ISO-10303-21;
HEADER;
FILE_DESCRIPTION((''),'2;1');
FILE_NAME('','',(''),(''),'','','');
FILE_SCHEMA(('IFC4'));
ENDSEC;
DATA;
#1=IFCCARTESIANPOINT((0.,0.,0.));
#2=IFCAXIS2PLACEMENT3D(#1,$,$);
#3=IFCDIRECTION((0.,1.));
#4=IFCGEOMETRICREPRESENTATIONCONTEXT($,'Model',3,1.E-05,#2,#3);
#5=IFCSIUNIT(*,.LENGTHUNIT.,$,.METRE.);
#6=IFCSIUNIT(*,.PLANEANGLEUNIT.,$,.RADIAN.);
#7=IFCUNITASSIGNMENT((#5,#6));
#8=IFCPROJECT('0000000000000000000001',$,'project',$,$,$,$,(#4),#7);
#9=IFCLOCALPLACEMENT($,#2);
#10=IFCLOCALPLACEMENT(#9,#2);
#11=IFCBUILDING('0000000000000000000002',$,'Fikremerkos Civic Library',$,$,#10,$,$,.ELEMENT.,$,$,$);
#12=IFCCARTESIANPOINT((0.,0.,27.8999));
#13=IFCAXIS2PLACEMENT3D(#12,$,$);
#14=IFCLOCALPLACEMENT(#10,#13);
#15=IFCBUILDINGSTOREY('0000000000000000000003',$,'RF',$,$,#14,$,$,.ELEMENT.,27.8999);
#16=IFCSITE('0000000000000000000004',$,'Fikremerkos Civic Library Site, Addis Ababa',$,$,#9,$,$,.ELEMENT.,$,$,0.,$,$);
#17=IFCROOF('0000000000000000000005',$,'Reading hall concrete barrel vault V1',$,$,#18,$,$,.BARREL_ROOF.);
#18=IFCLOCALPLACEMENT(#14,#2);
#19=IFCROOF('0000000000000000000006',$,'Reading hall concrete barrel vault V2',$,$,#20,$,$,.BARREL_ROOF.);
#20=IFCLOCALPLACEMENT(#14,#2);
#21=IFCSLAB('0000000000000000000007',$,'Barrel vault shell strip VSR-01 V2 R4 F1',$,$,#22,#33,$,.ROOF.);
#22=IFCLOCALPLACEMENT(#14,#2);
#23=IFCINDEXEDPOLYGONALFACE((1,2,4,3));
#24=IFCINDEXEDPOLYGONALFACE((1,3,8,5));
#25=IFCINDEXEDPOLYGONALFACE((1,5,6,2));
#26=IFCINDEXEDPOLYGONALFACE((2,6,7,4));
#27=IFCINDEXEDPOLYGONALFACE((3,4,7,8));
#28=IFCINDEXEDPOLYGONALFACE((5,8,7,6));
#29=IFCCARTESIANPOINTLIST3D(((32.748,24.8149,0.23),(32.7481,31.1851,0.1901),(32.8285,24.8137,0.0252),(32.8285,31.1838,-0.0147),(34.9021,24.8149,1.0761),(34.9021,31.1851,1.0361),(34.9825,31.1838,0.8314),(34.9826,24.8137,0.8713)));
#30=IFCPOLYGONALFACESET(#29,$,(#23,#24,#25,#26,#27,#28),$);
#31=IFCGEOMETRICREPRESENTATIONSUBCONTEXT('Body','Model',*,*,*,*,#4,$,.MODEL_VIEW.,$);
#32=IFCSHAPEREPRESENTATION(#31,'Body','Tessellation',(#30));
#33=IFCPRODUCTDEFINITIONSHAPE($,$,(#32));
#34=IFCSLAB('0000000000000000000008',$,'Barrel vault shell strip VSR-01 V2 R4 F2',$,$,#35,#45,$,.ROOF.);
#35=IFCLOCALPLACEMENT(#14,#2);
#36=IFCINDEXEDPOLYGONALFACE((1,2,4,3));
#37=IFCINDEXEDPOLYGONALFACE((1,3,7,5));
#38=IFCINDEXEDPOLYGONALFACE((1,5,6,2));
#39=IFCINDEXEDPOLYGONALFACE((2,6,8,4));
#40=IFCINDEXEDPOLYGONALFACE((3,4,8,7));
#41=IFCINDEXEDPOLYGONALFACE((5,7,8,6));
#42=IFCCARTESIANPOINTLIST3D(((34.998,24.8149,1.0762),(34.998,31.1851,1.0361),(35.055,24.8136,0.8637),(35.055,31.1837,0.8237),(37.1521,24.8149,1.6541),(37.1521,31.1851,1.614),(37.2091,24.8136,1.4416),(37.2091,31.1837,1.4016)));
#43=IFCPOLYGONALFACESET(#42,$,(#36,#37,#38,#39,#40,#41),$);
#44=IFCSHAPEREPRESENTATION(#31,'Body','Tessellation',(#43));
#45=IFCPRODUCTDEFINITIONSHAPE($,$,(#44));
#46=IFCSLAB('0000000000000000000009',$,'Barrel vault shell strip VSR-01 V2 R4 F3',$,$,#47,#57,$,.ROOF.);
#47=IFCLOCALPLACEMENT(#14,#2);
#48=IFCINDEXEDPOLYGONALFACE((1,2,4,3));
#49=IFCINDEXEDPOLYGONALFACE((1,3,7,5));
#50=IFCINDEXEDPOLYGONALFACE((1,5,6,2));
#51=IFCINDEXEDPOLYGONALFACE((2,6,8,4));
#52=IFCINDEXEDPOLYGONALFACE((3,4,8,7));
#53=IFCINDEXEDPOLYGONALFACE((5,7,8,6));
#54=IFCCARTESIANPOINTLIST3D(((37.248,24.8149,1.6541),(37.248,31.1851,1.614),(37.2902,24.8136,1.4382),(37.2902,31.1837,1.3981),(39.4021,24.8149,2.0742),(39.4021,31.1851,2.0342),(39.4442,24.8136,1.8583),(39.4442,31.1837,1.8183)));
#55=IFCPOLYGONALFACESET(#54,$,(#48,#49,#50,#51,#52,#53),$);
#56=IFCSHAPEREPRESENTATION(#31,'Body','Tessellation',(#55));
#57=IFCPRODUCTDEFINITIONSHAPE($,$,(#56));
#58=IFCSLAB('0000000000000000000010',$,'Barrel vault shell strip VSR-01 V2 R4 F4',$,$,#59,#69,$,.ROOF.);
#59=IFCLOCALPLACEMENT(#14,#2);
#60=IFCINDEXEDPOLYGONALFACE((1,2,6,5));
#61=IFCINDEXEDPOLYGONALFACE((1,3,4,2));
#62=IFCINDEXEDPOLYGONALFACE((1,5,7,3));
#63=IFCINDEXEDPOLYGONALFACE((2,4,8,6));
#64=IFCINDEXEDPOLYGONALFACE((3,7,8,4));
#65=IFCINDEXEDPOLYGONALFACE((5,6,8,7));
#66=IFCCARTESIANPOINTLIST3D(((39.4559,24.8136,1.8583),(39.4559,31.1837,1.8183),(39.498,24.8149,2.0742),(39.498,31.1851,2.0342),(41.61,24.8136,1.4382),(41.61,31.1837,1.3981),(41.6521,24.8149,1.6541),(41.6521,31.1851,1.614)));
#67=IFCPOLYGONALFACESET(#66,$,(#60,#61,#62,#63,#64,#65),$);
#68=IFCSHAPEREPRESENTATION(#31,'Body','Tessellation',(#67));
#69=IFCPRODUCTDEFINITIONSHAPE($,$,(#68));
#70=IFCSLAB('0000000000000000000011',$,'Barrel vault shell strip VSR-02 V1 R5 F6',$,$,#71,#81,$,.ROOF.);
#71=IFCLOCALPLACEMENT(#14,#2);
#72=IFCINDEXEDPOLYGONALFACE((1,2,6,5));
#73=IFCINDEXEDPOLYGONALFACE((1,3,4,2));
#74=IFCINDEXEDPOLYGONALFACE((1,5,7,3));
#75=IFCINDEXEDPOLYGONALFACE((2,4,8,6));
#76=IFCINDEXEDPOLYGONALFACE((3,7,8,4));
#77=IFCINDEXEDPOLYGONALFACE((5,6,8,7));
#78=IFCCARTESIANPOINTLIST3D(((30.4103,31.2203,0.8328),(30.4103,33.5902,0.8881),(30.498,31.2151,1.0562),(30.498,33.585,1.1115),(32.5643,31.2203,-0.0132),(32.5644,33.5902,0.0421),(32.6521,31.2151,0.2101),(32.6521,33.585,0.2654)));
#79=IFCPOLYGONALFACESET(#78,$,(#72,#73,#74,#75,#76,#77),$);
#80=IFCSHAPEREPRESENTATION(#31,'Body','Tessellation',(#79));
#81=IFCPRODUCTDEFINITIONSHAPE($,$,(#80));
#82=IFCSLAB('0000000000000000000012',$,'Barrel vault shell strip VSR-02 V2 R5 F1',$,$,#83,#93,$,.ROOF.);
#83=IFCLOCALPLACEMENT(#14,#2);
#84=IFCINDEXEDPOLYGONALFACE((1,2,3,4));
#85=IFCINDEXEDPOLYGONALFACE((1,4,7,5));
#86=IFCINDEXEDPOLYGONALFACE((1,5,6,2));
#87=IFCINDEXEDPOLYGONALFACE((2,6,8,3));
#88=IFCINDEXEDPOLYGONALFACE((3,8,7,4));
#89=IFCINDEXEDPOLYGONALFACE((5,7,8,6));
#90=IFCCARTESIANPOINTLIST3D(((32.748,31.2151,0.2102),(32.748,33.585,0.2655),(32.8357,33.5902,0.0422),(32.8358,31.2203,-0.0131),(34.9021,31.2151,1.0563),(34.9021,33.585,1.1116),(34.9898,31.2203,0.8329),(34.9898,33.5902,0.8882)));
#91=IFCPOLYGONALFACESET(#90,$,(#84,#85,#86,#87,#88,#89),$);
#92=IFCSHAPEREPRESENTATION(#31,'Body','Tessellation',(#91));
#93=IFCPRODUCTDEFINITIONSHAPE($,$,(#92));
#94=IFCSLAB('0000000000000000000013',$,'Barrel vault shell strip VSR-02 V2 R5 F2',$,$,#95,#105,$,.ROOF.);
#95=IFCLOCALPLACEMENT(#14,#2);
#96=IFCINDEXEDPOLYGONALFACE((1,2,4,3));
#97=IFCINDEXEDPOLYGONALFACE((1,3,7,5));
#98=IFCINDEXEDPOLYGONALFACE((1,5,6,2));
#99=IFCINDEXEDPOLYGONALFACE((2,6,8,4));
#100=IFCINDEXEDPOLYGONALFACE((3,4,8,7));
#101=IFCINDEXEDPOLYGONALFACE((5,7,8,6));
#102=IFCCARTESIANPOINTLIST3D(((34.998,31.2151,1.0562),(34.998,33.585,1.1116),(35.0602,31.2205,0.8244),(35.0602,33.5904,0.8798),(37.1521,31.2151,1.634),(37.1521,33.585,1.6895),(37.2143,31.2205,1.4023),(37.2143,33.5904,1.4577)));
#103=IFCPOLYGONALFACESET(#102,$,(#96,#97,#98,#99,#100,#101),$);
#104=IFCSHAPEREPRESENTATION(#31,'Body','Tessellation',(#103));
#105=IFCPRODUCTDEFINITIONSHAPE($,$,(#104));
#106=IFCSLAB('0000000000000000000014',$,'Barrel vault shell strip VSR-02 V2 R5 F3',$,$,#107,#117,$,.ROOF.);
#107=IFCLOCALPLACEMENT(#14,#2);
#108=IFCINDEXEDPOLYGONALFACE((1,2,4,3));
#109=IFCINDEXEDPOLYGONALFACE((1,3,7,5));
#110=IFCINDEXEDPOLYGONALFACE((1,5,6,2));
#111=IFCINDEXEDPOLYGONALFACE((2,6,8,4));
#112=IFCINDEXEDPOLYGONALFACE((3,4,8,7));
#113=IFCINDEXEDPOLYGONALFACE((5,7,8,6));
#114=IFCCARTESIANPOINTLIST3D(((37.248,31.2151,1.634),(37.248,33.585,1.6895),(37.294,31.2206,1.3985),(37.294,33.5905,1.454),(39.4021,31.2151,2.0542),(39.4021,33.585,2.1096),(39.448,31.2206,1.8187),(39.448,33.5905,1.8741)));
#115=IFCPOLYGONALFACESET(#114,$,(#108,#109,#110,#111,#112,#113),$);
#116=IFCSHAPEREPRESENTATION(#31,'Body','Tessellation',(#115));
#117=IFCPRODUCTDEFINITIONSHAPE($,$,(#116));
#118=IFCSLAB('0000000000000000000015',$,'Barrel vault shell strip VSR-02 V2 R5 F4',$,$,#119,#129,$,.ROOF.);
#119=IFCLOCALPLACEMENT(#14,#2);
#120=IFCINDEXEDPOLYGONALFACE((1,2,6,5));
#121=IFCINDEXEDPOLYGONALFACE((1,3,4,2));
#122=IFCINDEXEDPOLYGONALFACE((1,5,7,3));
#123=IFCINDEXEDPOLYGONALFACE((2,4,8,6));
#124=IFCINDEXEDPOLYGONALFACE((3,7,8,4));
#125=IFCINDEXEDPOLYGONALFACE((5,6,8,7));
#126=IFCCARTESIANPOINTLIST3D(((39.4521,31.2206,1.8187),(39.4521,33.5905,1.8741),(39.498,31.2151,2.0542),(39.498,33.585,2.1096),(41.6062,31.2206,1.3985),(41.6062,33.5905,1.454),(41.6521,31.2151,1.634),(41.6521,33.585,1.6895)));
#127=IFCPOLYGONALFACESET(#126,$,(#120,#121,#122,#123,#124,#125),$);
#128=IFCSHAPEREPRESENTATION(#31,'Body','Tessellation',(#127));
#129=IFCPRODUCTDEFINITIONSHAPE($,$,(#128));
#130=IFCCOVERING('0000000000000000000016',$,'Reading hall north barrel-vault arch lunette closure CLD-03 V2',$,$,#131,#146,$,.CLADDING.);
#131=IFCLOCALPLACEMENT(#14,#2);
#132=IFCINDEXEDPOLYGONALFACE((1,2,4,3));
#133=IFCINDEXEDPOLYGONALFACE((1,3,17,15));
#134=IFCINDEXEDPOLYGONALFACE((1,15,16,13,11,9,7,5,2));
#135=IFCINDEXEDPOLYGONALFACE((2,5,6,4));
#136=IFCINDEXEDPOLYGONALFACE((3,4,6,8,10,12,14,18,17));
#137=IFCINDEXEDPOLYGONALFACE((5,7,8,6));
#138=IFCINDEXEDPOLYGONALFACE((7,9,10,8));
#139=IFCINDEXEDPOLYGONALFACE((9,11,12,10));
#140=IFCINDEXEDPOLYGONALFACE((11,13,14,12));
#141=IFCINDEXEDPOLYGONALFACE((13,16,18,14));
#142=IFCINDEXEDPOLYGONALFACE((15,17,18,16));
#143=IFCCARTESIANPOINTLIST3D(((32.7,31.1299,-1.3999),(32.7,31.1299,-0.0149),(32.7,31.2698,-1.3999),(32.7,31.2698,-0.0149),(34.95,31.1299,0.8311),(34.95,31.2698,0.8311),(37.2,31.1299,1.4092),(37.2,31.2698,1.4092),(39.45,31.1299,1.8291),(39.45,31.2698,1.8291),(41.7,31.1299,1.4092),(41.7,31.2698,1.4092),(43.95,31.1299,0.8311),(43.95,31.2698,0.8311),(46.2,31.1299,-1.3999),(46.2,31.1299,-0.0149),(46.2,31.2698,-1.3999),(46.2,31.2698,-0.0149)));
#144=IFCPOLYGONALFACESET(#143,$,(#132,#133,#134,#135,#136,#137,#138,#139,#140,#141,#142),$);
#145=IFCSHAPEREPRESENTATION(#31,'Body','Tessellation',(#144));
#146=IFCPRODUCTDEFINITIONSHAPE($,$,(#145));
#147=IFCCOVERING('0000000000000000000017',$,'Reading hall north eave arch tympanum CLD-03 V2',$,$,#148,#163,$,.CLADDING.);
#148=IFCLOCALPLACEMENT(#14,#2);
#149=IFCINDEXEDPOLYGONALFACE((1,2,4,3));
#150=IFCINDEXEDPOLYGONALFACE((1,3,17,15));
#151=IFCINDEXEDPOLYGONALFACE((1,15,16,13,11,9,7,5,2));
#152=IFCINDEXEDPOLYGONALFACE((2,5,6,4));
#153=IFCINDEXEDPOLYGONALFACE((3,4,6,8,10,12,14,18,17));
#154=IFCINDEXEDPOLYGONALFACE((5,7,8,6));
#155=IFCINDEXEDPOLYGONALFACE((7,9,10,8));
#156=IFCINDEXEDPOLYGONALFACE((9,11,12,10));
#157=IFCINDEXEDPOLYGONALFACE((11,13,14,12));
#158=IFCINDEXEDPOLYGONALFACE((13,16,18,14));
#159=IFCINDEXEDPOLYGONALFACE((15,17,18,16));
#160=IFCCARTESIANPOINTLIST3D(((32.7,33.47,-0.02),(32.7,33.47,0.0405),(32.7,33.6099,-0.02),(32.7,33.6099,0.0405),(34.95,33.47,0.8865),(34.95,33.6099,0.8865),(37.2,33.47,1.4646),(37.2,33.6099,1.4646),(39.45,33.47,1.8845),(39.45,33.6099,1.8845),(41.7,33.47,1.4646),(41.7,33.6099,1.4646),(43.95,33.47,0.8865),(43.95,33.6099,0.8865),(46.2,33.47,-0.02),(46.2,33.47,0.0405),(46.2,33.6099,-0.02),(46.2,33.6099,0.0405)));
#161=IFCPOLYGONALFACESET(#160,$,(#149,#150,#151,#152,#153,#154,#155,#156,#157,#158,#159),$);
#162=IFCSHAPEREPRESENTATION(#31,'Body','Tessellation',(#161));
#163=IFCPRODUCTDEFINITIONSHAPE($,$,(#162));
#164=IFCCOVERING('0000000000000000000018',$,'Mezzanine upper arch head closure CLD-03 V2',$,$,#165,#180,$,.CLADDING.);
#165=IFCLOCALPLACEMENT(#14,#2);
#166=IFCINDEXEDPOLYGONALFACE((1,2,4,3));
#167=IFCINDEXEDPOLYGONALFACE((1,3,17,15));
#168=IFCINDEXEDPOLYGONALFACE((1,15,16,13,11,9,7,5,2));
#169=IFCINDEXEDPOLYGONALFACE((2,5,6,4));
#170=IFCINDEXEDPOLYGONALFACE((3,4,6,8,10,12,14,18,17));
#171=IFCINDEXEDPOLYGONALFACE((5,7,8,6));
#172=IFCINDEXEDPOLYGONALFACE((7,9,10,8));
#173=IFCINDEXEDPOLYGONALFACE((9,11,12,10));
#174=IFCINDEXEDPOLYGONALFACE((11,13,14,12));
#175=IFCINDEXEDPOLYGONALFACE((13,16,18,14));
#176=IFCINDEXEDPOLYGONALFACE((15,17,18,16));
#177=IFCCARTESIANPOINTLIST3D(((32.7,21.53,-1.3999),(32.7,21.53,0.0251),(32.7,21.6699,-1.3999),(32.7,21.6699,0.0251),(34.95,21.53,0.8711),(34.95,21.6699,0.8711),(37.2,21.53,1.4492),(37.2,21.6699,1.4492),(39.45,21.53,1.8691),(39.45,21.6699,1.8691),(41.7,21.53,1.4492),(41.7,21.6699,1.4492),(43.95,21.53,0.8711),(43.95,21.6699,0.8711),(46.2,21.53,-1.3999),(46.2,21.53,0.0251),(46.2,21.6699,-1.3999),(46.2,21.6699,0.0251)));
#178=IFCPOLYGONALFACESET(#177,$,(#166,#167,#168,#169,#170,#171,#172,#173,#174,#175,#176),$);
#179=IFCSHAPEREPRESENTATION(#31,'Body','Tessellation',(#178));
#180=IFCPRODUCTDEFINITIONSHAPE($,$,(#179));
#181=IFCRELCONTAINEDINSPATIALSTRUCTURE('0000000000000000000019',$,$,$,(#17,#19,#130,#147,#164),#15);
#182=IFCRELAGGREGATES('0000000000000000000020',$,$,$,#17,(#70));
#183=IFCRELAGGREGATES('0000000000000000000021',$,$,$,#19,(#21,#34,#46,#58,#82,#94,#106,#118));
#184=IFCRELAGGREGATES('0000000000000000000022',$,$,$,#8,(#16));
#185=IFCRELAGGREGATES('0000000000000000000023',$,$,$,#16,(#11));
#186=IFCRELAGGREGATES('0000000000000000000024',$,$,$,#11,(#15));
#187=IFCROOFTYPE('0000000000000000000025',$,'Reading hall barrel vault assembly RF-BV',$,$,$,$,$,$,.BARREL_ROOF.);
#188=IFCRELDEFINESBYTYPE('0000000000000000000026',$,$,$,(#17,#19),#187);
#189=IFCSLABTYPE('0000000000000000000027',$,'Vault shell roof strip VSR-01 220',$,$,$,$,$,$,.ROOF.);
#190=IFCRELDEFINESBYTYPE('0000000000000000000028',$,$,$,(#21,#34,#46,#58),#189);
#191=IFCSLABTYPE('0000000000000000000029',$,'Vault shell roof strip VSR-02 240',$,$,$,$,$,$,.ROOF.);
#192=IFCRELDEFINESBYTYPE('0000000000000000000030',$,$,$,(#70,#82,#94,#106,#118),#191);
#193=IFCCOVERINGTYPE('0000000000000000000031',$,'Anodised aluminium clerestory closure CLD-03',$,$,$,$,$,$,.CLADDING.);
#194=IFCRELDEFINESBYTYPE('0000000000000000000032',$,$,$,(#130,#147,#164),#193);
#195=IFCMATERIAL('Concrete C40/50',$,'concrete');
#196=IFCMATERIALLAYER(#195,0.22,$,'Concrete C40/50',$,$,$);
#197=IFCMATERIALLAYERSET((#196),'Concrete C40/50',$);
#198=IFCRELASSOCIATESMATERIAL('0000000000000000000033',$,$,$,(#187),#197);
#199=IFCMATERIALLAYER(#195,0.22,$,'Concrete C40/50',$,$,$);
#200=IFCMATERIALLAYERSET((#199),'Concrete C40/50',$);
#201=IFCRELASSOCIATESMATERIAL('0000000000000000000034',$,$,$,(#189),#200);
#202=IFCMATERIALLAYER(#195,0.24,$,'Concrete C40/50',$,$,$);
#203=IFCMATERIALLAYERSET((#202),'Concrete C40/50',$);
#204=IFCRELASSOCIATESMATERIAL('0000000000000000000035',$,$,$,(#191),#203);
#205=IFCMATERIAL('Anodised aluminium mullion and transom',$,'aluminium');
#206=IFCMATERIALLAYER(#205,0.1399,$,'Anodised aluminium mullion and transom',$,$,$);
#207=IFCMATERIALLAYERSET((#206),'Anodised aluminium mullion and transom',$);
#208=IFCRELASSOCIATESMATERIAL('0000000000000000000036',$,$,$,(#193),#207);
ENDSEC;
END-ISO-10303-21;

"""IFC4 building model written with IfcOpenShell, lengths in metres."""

from ifc_helpers import new_model, si_unit, direction, frame, origin, place, context, subcontext, project, spatial, polyline, outline, extrude, material, layer, layer_set, type_object, element, aggregate, save


model = new_model("IFC4")

# Units and contexts
model_context = context("Model", 3, precision=1e-05, world=origin(), true_north=direction((0.0, 1.0)))
body_context = subcontext(model_context, "Body", "Model", "MODEL_VIEW")
ifc_project = project(units=[si_unit("LENGTHUNIT", "METRE"), si_unit("PLANEANGLEUNIT", "RADIAN")], contexts=[model_context])

# Site, building, storey
site_placement = place(None, origin())
site = spatial("IfcSite", under=ifc_project, at=site_placement, Name="Fikremerkos Civic Library Site, Addis Ababa", CompositionType="ELEMENT", RefElevation=0.0)
building_placement = place(site_placement, origin())
building = spatial("IfcBuilding", under=site, at=building_placement, Name="Fikremerkos Civic Library", CompositionType="ELEMENT")
storey_placement = place(building_placement, frame((0.0, 0.0, 27.8999)))
storey = spatial("IfcBuildingStorey", under=building, at=storey_placement, Name="RF", CompositionType="ELEMENT", Elevation=27.8999)

# Roofs, slabs
ifc_material_1 = material(Name="Concrete C40/50", Category="concrete")
ifc_layer_1 = layer(ifc_material_1, 0.22, Name="Concrete C40/50")
ifc_layer_set_1 = layer_set([ifc_layer_1], Name="Concrete C40/50")
roof_type = type_object("IfcRoofType", Name="Reading hall barrel vault assembly RF-BV", PredefinedType="BARREL_ROOF", material=ifc_layer_set_1)
roof_1_placement = place(storey_placement, origin())
roof_1 = element("IfcRoof", 1, at=roof_1_placement, inside=storey, type_object=roof_type, Name="Reading hall concrete barrel vault V1", PredefinedType="BARREL_ROOF")
ifc_layer_2 = layer(ifc_material_1, 0.22, Name="Concrete C40/50")
ifc_layer_set_2 = layer_set([ifc_layer_2], Name="Concrete C40/50")
slab_type_1 = type_object("IfcSlabType", Name="Vault shell roof strip VSR-01 220", PredefinedType="ROOF", material=ifc_layer_set_2)
roof_2_placement = place(storey_placement, origin())
roof_2 = element("IfcRoof", 2, at=roof_2_placement, inside=storey, type_object=roof_type, Name="Reading hall concrete barrel vault V2", PredefinedType="BARREL_ROOF")
slab_1_placement = place(storey_placement, frame((32.748, 24.8149, 0.23), z_axis=(-0.365584, 0.005832, 0.93076), x_axis=(0.930776, 0.0, 0.36559)))
slab_1 = element("IfcSlab", 3, at=slab_1_placement, type_object=slab_type_1, Name="Barrel vault shell strip VSR-01 V2 R4 F1", PredefinedType="ROOF", context=body_context, shape_type="SweptSolid", body=[
    extrude(outline(polyline([(0.0, 0.0), (2.3143, 0.0), (2.2997, 6.3702), (-0.0146, 6.3702), (0.0, 0.0)])), origin(), (0.0, 0.0, -1.0), 0.22),
])
slab_2_placement = place(storey_placement, frame((34.998, 24.8149, 1.0762), z_axis=(-0.259109, 0.006071, 0.965829), x_axis=(0.965847, 0.0, 0.259114)))
slab_2 = element("IfcSlab", 4, at=slab_2_placement, type_object=slab_type_1, Name="Barrel vault shell strip VSR-01 V2 R4 F2", PredefinedType="ROOF", context=body_context, shape_type="SweptSolid", body=[
    extrude(outline(polyline([(0.0, 0.0), (2.2302, 0.0), (2.2198, 6.3702), (-0.0104, 6.3702), (0.0, 0.0)])), origin(), (0.0, 0.0, -1.0), 0.22),
])
slab_3_placement = place(storey_placement, frame((37.248, 24.8149, 1.6541), z_axis=(-0.191447, 0.006169, 0.981484), x_axis=(0.981502, 0.0, 0.19145)))
slab_3 = element("IfcSlab", 5, at=slab_3_placement, type_object=slab_type_1, Name="Barrel vault shell strip VSR-01 V2 R4 F3", PredefinedType="ROOF", context=body_context, shape_type="SweptSolid", body=[
    extrude(outline(polyline([(0.0, 0.0), (2.1946, 0.0), (2.187, 6.3702), (-0.0077, 6.3702), (0.0, 0.0)])), origin(), (0.0, 0.0, -1.0), 0.22),
])
slab_4_placement = place(storey_placement, frame((39.498, 24.8149, 2.0742), z_axis=(0.191447, 0.006169, 0.981484), x_axis=(0.981502, 0.0, -0.19145)))
slab_4 = element("IfcSlab", 6, at=slab_4_placement, type_object=slab_type_1, Name="Barrel vault shell strip VSR-01 V2 R4 F4", PredefinedType="ROOF", context=body_context, shape_type="SweptSolid", body=[
    extrude(outline(polyline([(0.0, 0.0), (2.1946, 0.0), (2.2023, 6.3702), (0.0077, 6.3702), (0.0, 0.0)])), origin(), (0.0, 0.0, -1.0), 0.22),
])

# Slabs
ifc_layer_3 = layer(ifc_material_1, 0.24, Name="Concrete C40/50")
ifc_layer_set_3 = layer_set([ifc_layer_3], Name="Concrete C40/50")
slab_type_2 = type_object("IfcSlabType", Name="Vault shell roof strip VSR-02 240", PredefinedType="ROOF", material=ifc_layer_set_3)
slab_5_placement = place(storey_placement, frame((30.498, 31.2151, 1.0562), z_axis=(0.365504, -0.021713, 0.930556), x_axis=(0.930776, 0.000001, -0.36559)))
slab_5 = element("IfcSlab", 7, at=slab_5_placement, type_object=slab_type_2, Name="Barrel vault shell strip VSR-02 V1 R5 F6", PredefinedType="ROOF", context=body_context, shape_type="SweptSolid", body=[
    extrude(outline(polyline([(0.0, 0.0), (2.3142, 0.0), (2.294, 2.3704), (-0.0203, 2.3704), (0.0, 0.0)])), origin(), (0.0, 0.0, -1.0), 0.24),
])
aggregate(roof_1, [slab_5])
slab_6_placement = place(storey_placement, frame((32.748, 31.2151, 0.2102), z_axis=(-0.365504, -0.021713, 0.930556), x_axis=(0.930776, -0.000001, 0.36559)))
slab_6 = element("IfcSlab", 8, at=slab_6_placement, type_object=slab_type_2, Name="Barrel vault shell strip VSR-02 V2 R5 F1", PredefinedType="ROOF", context=body_context, shape_type="SweptSolid", body=[
    extrude(outline(polyline([(0.0, 0.0), (2.3142, 0.0), (2.3345, 2.3704), (0.0202, 2.3704), (0.0, 0.0)])), origin(), (0.0, 0.0, -1.0), 0.24),
])
slab_7_placement = place(storey_placement, frame((34.998, 31.2151, 1.0562), z_axis=(-0.259048, -0.022581, 0.965601), x_axis=(0.965847, 0.0, 0.259114)))
slab_7 = element("IfcSlab", 9, at=slab_7_placement, type_object=slab_type_2, Name="Barrel vault shell strip VSR-02 V2 R5 F2", PredefinedType="ROOF", context=body_context, shape_type="SweptSolid", body=[
    extrude(outline(polyline([(0.0, 0.0), (2.2302, 0.0), (2.2446, 2.3705), (0.0144, 2.3705), (0.0, 0.0)])), origin(), (0.0, 0.0, -1.0), 0.24),
])
slab_8_placement = place(storey_placement, frame((37.248, 31.2151, 1.634), z_axis=(-0.1914, -0.022947, 0.981244), x_axis=(0.981502, 0.0, 0.19145)))
slab_8 = element("IfcSlab", 10, at=slab_8_placement, type_object=slab_type_2, Name="Barrel vault shell strip VSR-02 V2 R5 F3", PredefinedType="ROOF", context=body_context, shape_type="SweptSolid", body=[
    extrude(outline(polyline([(0.0, 0.0), (2.1946, 0.0), (2.2053, 2.3705), (0.0106, 2.3705), (0.0, 0.0)])), origin(), (0.0, 0.0, -1.0), 0.24),
])
slab_9_placement = place(storey_placement, frame((39.498, 31.2151, 2.0542), z_axis=(0.1914, -0.022947, 0.981244), x_axis=(0.981502, 0.0, -0.19145)))
slab_9 = element("IfcSlab", 11, at=slab_9_placement, type_object=slab_type_2, Name="Barrel vault shell strip VSR-02 V2 R5 F4", PredefinedType="ROOF", context=body_context, shape_type="SweptSolid", body=[
    extrude(outline(polyline([(0.0, 0.0), (2.1946, 0.0), (2.184, 2.3705), (-0.0106, 2.3705), (0.0, 0.0)])), origin(), (0.0, 0.0, -1.0), 0.24),
])
aggregate(roof_2, [slab_1, slab_2, slab_3, slab_4, slab_6, slab_7, slab_8, slab_9])

# Coverings
ifc_material_2 = material(Name="Anodised aluminium mullion and transom", Category="aluminium")
ifc_layer_4 = layer(ifc_material_2, 0.1399, Name="Anodised aluminium mullion and transom")
ifc_layer_set_4 = layer_set([ifc_layer_4], Name="Anodised aluminium mullion and transom")
covering_type = type_object("IfcCoveringType", Name="Anodised aluminium clerestory closure CLD-03", PredefinedType="CLADDING", material=ifc_layer_set_4)
covering_1_placement = place(storey_placement, frame((32.7, 31.2, -1.3999), z_axis=(0.0, 0.0, 1.0), x_axis=(1.0, 0.0, 0.0)))
element("IfcCovering", 12, at=covering_1_placement, inside=storey, type_object=covering_type, Name="Reading hall north barrel-vault arch lunette closure CLD-03 V2", PredefinedType="CLADDING", context=body_context, shape_type="SweptSolid", body=[
    extrude(outline(polyline([(0.0, 0.0), (13.5, 0.0), (13.5, 1.385), (11.25, 2.231), (9.0, 2.8091), (6.75, 3.229), (4.5, 2.8091), (2.25, 2.231), (0.0, 1.385), (0.0, 0.0)])), frame((0.0, 0.0698, 0.0), z_axis=(0.0, -1.0, 0.0), x_axis=(1.0, 0.0, 0.0)), (0.0, 0.0, 1.0), 0.1399),
])
covering_2_placement = place(storey_placement, frame((32.7, 33.54, -0.02), z_axis=(0.0, 0.0, 1.0), x_axis=(1.0, 0.0, 0.0)))
element("IfcCovering", 13, at=covering_2_placement, inside=storey, type_object=covering_type, Name="Reading hall north eave arch tympanum CLD-03 V2", PredefinedType="CLADDING", context=body_context, shape_type="SweptSolid", body=[
    extrude(outline(polyline([(0.0, 0.0), (13.5, 0.0), (13.5, 0.0605), (11.25, 0.9065), (9.0, 1.4846), (6.75, 1.9045), (4.5, 1.4846), (2.25, 0.9065), (0.0, 0.0605), (0.0, 0.0)])), frame((0.0, 0.0698, 0.0), z_axis=(0.0, -1.0, 0.0), x_axis=(1.0, 0.0, 0.0)), (0.0, 0.0, 1.0), 0.1399),
])
covering_3_placement = place(storey_placement, frame((32.7, 21.6001, -1.3999), z_axis=(0.0, 0.0, 1.0), x_axis=(1.0, 0.0, 0.0)))
element("IfcCovering", 14, at=covering_3_placement, inside=storey, type_object=covering_type, Name="Mezzanine upper arch head closure CLD-03 V2", PredefinedType="CLADDING", context=body_context, shape_type="SweptSolid", body=[
    extrude(outline(polyline([(0.0, 0.0), (13.5, 0.0), (13.5, 1.425), (11.25, 2.271), (9.0, 2.8491), (6.75, 3.269), (4.5, 2.8491), (2.25, 2.271), (0.0, 1.425), (0.0, 0.0)])), frame((0.0, 0.0698, 0.0), z_axis=(0.0, -1.0, 0.0), x_axis=(1.0, 0.0, 0.0)), (0.0, 0.0, 1.0), 0.1399),
])

save(model, "model.ifc")
